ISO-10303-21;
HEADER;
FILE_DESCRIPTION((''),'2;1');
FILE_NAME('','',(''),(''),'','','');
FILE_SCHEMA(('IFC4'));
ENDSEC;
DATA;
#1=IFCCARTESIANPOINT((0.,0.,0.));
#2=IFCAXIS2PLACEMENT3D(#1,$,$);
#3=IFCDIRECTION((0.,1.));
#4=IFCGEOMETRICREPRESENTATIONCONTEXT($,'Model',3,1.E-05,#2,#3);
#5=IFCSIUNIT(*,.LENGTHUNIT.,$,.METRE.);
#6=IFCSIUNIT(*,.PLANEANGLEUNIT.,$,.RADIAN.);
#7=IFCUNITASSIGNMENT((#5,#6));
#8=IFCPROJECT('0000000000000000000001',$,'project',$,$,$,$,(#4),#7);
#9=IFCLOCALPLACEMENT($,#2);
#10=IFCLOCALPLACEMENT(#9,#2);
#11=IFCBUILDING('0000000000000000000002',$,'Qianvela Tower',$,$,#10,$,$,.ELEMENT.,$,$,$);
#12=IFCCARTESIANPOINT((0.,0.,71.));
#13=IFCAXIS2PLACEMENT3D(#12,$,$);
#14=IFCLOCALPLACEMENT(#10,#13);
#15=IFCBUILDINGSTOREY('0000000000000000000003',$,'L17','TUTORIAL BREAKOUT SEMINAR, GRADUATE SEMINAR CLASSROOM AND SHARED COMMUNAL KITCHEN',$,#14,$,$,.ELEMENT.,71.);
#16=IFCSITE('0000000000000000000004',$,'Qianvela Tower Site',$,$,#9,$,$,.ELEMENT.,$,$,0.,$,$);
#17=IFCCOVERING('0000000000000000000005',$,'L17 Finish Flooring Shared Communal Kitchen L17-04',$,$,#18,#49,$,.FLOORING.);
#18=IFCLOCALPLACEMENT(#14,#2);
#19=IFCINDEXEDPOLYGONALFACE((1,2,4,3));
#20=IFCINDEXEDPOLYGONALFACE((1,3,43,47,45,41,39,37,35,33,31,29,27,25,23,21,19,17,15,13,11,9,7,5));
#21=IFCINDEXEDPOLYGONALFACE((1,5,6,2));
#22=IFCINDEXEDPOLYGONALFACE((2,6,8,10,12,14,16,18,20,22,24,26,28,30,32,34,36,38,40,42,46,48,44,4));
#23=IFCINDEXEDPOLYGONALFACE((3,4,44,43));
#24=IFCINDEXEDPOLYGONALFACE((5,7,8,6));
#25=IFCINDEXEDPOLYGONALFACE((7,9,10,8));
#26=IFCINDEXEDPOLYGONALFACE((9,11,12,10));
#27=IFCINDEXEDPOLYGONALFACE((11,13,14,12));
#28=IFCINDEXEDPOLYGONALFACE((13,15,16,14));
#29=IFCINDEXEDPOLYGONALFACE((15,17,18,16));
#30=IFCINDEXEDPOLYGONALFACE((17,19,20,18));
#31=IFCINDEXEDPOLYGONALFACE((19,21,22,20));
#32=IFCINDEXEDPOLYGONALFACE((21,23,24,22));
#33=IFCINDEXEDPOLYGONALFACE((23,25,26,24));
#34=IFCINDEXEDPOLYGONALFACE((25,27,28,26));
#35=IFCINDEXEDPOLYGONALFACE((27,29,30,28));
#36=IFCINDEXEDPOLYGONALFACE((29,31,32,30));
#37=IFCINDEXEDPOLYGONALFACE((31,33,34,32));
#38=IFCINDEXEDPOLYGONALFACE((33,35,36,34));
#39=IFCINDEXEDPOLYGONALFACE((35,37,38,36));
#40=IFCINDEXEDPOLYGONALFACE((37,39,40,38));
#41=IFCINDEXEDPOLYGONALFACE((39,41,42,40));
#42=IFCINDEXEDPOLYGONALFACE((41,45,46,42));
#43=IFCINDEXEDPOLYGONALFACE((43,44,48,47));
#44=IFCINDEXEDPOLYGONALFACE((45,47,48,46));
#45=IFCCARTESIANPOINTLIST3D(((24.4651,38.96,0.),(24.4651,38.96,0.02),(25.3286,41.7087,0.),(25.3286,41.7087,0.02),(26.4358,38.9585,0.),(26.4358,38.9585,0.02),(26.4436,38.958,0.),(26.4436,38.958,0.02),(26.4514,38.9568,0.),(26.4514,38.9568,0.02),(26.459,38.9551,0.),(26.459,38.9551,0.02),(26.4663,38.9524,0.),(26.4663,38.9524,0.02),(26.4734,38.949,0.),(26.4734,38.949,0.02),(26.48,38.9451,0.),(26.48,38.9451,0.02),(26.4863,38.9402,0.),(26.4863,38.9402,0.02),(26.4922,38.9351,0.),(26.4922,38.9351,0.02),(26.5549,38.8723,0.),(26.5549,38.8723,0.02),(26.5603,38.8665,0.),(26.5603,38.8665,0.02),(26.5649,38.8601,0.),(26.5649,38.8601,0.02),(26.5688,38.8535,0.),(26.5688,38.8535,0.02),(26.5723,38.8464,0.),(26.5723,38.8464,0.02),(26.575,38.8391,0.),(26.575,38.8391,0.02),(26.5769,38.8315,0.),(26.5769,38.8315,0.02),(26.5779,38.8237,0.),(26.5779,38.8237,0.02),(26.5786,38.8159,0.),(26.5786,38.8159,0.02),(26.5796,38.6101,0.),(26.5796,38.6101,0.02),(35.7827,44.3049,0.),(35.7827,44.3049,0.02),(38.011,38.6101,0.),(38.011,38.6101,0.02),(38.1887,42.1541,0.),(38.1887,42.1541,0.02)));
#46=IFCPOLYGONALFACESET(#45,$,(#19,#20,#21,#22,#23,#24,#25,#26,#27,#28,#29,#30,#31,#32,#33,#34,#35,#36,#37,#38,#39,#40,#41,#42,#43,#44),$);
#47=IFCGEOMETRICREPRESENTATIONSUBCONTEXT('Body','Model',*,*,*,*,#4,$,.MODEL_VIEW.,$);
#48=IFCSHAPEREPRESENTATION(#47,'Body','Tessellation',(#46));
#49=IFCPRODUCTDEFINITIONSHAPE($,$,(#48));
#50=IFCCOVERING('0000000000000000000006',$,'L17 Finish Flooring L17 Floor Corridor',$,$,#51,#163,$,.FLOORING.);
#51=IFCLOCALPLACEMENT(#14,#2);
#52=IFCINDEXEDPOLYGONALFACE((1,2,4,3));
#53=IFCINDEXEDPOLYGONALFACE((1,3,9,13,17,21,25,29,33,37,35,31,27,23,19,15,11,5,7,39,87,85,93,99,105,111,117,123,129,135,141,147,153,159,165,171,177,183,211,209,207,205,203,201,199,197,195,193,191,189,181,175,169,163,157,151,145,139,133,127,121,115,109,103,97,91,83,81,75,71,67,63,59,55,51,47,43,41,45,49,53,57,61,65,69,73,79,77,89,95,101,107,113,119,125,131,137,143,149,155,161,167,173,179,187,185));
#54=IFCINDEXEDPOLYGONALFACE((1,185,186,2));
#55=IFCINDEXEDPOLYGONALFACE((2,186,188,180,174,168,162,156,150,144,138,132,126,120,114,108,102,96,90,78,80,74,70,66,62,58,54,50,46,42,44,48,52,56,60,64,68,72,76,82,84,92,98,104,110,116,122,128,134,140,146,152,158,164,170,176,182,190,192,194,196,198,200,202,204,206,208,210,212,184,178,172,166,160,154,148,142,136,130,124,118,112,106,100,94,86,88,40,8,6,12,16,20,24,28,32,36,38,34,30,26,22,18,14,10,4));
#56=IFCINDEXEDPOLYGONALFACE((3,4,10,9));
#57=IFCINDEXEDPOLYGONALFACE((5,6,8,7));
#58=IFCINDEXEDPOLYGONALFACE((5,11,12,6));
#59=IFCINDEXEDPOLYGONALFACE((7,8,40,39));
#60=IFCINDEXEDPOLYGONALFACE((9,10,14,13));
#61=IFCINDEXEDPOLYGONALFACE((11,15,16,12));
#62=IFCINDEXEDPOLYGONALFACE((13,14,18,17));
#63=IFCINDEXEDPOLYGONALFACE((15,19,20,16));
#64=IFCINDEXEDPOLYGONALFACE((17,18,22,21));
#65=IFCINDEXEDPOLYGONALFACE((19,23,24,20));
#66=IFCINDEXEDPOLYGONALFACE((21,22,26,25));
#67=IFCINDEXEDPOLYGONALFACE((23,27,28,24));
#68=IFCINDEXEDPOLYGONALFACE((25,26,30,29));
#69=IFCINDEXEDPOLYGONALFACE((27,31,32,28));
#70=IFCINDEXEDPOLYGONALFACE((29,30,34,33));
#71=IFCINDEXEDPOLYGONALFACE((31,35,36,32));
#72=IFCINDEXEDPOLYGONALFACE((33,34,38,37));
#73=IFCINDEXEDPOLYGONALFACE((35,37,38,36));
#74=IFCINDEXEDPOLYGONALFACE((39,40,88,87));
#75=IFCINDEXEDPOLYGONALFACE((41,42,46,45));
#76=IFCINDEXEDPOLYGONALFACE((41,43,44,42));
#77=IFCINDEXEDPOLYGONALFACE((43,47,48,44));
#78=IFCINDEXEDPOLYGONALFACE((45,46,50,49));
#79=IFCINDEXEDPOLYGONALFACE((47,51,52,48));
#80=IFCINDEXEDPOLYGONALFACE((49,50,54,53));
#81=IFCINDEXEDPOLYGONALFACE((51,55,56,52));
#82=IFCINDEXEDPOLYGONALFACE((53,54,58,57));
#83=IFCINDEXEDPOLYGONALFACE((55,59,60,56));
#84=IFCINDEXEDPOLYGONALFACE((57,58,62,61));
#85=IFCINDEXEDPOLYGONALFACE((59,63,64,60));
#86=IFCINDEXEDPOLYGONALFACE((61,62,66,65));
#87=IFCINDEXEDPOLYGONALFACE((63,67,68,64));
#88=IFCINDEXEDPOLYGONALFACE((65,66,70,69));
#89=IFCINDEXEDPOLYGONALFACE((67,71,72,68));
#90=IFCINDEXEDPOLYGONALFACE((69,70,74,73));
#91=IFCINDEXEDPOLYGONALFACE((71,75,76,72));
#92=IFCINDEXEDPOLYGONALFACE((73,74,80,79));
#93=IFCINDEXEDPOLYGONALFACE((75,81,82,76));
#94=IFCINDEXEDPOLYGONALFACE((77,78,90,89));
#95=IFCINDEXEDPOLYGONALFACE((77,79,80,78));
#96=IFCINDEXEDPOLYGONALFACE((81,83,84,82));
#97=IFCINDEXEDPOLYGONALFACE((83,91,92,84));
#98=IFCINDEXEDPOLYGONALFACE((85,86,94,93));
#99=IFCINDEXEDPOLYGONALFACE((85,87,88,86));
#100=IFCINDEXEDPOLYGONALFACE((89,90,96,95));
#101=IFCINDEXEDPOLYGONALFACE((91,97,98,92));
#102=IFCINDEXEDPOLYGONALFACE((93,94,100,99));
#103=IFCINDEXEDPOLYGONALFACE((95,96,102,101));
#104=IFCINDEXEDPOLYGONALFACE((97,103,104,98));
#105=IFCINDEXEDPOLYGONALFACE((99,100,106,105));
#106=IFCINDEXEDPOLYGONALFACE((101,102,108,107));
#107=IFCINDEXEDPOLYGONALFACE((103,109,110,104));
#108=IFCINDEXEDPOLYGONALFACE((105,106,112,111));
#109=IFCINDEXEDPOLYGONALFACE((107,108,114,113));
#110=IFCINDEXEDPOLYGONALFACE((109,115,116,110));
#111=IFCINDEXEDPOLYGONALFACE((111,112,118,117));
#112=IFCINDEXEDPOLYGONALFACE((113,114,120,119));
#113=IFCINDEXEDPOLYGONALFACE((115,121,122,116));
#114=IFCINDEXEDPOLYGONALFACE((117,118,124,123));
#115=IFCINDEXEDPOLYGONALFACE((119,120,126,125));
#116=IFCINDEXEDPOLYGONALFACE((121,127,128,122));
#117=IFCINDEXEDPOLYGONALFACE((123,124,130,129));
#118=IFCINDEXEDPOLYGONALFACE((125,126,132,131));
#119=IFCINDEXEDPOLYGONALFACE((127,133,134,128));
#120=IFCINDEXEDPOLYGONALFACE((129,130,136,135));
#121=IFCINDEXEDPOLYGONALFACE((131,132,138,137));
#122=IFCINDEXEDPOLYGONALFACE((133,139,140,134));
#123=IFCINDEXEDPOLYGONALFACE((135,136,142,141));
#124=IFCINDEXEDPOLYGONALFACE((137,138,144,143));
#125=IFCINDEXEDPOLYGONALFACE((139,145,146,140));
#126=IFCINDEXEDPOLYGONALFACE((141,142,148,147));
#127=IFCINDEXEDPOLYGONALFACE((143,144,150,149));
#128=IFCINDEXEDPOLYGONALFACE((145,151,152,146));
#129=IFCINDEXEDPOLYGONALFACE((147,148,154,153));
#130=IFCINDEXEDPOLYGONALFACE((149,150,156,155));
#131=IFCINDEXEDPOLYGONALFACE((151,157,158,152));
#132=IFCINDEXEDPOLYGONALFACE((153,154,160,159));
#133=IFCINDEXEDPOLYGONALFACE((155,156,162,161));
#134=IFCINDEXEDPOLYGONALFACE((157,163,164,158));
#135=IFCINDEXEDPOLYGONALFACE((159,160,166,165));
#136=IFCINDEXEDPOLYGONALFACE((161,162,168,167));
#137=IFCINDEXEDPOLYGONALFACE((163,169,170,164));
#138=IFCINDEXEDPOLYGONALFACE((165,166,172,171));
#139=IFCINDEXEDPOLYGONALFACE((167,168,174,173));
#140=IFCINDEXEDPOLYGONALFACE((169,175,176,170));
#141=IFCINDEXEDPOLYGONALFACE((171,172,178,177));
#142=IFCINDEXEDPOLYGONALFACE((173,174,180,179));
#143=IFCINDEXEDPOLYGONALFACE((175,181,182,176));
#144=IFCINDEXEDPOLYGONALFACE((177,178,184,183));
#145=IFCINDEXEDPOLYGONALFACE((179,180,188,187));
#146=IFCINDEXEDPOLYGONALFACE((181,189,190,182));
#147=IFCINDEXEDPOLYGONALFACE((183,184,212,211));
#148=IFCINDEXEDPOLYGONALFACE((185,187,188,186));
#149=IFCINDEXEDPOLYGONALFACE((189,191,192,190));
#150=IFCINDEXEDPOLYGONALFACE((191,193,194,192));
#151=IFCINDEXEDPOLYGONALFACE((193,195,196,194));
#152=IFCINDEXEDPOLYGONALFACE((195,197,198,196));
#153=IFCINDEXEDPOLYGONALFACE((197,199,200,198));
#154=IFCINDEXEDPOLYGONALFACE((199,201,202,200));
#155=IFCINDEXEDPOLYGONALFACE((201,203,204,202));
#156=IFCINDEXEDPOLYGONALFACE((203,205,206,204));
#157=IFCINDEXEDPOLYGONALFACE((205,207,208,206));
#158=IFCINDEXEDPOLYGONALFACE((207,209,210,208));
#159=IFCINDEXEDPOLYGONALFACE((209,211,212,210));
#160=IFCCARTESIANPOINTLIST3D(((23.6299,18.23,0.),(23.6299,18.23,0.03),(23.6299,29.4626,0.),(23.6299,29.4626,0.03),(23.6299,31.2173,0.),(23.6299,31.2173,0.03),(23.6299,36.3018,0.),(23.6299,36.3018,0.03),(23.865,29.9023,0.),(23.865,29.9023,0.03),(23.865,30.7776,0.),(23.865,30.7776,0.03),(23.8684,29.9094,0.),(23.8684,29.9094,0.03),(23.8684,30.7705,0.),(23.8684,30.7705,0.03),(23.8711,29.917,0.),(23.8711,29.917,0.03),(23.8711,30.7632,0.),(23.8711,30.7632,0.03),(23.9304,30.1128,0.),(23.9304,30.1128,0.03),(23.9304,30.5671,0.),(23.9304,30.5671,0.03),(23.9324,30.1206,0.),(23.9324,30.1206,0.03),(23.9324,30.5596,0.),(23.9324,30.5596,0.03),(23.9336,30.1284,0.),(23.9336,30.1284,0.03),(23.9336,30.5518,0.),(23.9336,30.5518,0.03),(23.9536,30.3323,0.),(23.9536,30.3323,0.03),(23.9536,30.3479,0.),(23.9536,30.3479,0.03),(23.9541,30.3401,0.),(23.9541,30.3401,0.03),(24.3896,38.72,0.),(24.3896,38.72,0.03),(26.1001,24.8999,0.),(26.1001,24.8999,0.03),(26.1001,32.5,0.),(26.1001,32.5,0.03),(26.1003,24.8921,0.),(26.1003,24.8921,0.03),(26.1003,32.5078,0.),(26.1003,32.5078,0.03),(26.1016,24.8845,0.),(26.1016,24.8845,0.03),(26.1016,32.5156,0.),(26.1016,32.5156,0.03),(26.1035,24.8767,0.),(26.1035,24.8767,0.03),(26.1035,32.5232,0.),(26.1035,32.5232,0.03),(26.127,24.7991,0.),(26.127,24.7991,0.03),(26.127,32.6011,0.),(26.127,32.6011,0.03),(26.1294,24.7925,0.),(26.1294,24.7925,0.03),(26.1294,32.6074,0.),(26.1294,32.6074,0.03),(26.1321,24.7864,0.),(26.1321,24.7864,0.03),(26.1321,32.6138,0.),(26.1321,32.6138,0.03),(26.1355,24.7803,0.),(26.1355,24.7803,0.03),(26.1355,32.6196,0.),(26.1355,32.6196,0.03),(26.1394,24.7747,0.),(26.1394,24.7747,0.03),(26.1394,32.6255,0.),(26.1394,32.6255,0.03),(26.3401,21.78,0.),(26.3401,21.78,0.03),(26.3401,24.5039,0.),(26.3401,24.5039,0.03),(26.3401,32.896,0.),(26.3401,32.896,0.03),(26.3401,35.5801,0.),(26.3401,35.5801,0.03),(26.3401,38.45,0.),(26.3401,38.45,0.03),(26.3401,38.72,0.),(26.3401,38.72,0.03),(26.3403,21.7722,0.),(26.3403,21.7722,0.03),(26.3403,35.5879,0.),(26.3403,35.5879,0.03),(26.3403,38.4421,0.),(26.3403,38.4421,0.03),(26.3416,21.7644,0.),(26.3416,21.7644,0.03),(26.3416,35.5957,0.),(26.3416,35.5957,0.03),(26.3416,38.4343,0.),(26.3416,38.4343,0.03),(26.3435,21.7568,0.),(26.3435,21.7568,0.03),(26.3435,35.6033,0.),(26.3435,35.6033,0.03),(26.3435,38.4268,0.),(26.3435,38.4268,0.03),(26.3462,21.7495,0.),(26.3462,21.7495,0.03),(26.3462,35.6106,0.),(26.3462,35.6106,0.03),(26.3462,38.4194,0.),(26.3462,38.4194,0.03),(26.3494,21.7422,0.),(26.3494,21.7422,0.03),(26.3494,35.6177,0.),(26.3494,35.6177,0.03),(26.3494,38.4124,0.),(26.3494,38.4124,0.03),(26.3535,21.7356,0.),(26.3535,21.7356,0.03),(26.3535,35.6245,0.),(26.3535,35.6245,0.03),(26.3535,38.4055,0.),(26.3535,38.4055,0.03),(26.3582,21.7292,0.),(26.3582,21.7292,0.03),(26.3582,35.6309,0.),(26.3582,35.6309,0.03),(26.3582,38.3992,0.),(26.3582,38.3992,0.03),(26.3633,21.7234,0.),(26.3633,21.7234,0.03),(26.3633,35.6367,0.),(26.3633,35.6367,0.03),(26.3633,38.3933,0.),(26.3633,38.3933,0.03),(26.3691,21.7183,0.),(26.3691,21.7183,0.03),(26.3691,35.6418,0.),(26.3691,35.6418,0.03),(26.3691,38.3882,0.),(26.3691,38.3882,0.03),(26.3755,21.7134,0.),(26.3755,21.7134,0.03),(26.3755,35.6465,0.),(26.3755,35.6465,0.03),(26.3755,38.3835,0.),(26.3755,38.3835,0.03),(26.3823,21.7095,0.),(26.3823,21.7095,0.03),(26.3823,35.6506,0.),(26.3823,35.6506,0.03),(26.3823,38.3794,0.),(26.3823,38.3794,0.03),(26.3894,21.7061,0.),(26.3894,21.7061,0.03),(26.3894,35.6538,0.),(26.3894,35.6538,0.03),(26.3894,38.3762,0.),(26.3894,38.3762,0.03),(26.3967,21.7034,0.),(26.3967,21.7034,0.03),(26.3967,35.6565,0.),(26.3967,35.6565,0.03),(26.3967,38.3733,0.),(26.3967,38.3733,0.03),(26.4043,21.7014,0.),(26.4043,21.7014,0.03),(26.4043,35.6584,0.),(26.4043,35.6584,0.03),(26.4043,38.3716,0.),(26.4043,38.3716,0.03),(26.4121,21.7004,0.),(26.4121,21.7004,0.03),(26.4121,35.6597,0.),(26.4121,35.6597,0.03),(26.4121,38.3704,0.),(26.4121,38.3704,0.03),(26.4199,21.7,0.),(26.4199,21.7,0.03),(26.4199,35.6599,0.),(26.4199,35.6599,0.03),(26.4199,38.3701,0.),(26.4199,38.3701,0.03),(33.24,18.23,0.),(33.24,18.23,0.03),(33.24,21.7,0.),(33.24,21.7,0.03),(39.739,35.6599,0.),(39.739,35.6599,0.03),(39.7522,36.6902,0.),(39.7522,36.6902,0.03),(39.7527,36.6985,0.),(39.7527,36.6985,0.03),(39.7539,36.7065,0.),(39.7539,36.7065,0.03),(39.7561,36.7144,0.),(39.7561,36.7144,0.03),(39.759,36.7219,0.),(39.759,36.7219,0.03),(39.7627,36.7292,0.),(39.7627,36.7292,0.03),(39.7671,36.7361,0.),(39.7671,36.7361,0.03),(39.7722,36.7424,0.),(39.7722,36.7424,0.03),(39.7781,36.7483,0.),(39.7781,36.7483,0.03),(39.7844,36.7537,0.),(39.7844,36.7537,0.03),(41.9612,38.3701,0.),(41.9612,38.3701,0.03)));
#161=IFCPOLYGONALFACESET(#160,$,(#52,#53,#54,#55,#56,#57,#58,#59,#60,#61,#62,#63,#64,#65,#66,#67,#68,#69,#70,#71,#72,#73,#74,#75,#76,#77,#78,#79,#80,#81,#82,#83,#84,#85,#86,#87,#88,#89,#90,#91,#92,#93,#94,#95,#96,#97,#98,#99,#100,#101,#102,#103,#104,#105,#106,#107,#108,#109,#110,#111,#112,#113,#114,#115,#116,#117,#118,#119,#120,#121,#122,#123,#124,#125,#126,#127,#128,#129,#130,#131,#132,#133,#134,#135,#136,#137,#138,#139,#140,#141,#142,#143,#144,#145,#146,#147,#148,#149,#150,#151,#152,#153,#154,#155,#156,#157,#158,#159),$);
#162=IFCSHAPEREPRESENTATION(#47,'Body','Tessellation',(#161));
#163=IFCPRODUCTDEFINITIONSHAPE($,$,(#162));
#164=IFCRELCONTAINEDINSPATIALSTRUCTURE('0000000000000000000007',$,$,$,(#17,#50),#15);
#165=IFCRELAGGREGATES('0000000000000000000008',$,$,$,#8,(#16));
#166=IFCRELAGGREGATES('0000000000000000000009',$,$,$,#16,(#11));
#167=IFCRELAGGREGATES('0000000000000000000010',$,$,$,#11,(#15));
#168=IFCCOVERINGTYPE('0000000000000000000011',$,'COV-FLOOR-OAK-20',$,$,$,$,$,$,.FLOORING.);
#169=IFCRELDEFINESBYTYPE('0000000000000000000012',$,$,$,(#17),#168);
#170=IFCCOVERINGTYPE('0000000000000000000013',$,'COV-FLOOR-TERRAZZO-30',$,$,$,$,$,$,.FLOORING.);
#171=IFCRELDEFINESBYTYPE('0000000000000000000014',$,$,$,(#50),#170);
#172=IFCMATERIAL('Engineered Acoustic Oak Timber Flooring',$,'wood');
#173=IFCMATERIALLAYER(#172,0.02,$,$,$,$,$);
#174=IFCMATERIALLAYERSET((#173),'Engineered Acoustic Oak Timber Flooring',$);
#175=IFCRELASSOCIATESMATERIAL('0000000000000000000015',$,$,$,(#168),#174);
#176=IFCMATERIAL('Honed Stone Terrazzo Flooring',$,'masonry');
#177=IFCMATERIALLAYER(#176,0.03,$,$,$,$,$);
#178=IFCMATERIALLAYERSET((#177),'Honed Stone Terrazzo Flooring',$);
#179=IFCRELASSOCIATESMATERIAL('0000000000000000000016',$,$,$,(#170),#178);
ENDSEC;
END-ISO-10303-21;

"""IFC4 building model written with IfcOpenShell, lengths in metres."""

from ifc_helpers import new_model, si_unit, direction, frame, origin, place, context, subcontext, project, spatial, polyline, outline, extrude, material, layer, layer_set, type_object, element, save


model = new_model("IFC4")

# Units and contexts
model_context = context("Model", 3, precision=1e-05, world=origin(), true_north=direction((0.0, 1.0)))
body_context = subcontext(model_context, "Body", "Model", "MODEL_VIEW")
ifc_project = project(units=[si_unit("LENGTHUNIT", "METRE"), si_unit("PLANEANGLEUNIT", "RADIAN")], contexts=[model_context])

# Site, building, storey
site_placement = place(None, origin())
site = spatial("IfcSite", under=ifc_project, at=site_placement, Name="Qianvela Tower Site", CompositionType="ELEMENT", RefElevation=0.0)
building_placement = place(site_placement, origin())
building = spatial("IfcBuilding", under=site, at=building_placement, Name="Qianvela Tower", CompositionType="ELEMENT")
storey_placement = place(building_placement, frame((0.0, 0.0, 71.0)))
storey = spatial("IfcBuildingStorey", under=building, at=storey_placement, Name="L17", Description="TUTORIAL BREAKOUT SEMINAR, GRADUATE SEMINAR CLASSROOM AND SHARED COMMUNAL KITCHEN", CompositionType="ELEMENT", Elevation=71.0)

# Coverings
ifc_material_1 = material(Name="Engineered Acoustic Oak Timber Flooring", Category="wood")
ifc_layer_1 = layer(ifc_material_1, 0.02)
ifc_layer_set_1 = layer_set([ifc_layer_1], Name="Engineered Acoustic Oak Timber Flooring")
covering_type_1 = type_object("IfcCoveringType", Name="COV-FLOOR-OAK-20", PredefinedType="FLOORING", material=ifc_layer_set_1)
covering_1_placement = place(storey_placement, origin())
element("IfcCovering", 1, at=covering_1_placement, inside=storey, type_object=covering_type_1, Name="L17 Finish Flooring Shared Communal Kitchen L17-04", PredefinedType="FLOORING", context=body_context, shape_type="SweptSolid", body=[
    extrude(outline(polyline([(38.011, 38.6101), (26.5796, 38.6101), (26.5786, 38.8159), (26.5779, 38.8237), (26.5769, 38.8315), (26.575, 38.8391), (26.5723, 38.8464), (26.5688, 38.8535), (26.5649, 38.8601), (26.5603, 38.8665), (26.5549, 38.8723), (26.4922, 38.9351), (26.4863, 38.9402), (26.48, 38.9451), (26.4734, 38.949), (26.4663, 38.9524), (26.459, 38.9551), (26.4514, 38.9568), (26.4436, 38.958), (26.4358, 38.9585), (24.4651, 38.96), (25.3286, 41.7087), (35.7827, 44.3049), (38.1887, 42.1541), (38.011, 38.6101)])), origin(), (0.0, 0.0, 1.0), 0.02),
])
ifc_material_2 = material(Name="Honed Stone Terrazzo Flooring", Category="masonry")
ifc_layer_2 = layer(ifc_material_2, 0.03)
ifc_layer_set_2 = layer_set([ifc_layer_2], Name="Honed Stone Terrazzo Flooring")
covering_type_2 = type_object("IfcCoveringType", Name="COV-FLOOR-TERRAZZO-30", PredefinedType="FLOORING", material=ifc_layer_set_2)
covering_2_placement = place(storey_placement, origin())
element("IfcCovering", 2, at=covering_2_placement, inside=storey, type_object=covering_type_2, Name="L17 Finish Flooring L17 Floor Corridor", PredefinedType="FLOORING", context=body_context, shape_type="SweptSolid", body=[
    extrude(outline(polyline([(23.8711, 30.7632), (23.8684, 30.7705), (23.865, 30.7776), (23.6299, 31.2173), (23.6299, 36.3018), (24.3896, 38.72), (26.3401, 38.72), (26.3401, 38.45), (26.3403, 38.4421), (26.3416, 38.4343), (26.3435, 38.4268), (26.3462, 38.4194), (26.3494, 38.4124), (26.3535, 38.4055), (26.3582, 38.3992), (26.3633, 38.3933), (26.3691, 38.3882), (26.3755, 38.3835), (26.3823, 38.3794), (26.3894, 38.3762), (26.3967, 38.3733), (26.4043, 38.3716), (26.4121, 38.3704), (26.4199, 38.3701), (41.9612, 38.3701), (39.7844, 36.7537), (39.7781, 36.7483), (39.7722, 36.7424), (39.7671, 36.7361), (39.7627, 36.7292), (39.759, 36.7219), (39.7561, 36.7144), (39.7539, 36.7065), (39.7527, 36.6985), (39.7522, 36.6902), (39.739, 35.6599), (26.4199, 35.6599), (26.4121, 35.6597), (26.4043, 35.6584), (26.3967, 35.6565), (26.3894, 35.6538), (26.3823, 35.6506), (26.3755, 35.6465), (26.3691, 35.6418), (26.3633, 35.6367), (26.3582, 35.6309), (26.3535, 35.6245), (26.3494, 35.6177), (26.3462, 35.6106), (26.3435, 35.6033), (26.3416, 35.5957), (26.3403, 35.5879), (26.3401, 35.5801), (26.3401, 32.896), (26.1394, 32.6255), (26.1355, 32.6196), (26.1321, 32.6138), (26.1294, 32.6074), (26.127, 32.6011), (26.1035, 32.5232), (26.1016, 32.5156), (26.1003, 32.5078), (26.1001, 32.5), (26.1001, 24.8999), (26.1003, 24.8921), (26.1016, 24.8845), (26.1035, 24.8767), (26.127, 24.7991), (26.1294, 24.7925), (26.1321, 24.7864), (26.1355, 24.7803), (26.1394, 24.7747), (26.3401, 24.5039), (26.3401, 21.78), (26.3403, 21.7722), (26.3416, 21.7644), (26.3435, 21.7568), (26.3462, 21.7495), (26.3494, 21.7422), (26.3535, 21.7356), (26.3582, 21.7292), (26.3633, 21.7234), (26.3691, 21.7183), (26.3755, 21.7134), (26.3823, 21.7095), (26.3894, 21.7061), (26.3967, 21.7034), (26.4043, 21.7014), (26.4121, 21.7004), (26.4199, 21.7), (33.24, 21.7), (33.24, 18.23), (23.6299, 18.23), (23.6299, 29.4626), (23.865, 29.9023), (23.8684, 29.9094), (23.8711, 29.917), (23.9304, 30.1128), (23.9324, 30.1206), (23.9336, 30.1284), (23.9536, 30.3323), (23.9541, 30.3401), (23.9536, 30.3479), (23.9336, 30.5518), (23.9324, 30.5596), (23.9304, 30.5671), (23.8711, 30.7632)])), origin(), (0.0, 0.0, 1.0), 0.03),
])

save(model, "model.ifc")
